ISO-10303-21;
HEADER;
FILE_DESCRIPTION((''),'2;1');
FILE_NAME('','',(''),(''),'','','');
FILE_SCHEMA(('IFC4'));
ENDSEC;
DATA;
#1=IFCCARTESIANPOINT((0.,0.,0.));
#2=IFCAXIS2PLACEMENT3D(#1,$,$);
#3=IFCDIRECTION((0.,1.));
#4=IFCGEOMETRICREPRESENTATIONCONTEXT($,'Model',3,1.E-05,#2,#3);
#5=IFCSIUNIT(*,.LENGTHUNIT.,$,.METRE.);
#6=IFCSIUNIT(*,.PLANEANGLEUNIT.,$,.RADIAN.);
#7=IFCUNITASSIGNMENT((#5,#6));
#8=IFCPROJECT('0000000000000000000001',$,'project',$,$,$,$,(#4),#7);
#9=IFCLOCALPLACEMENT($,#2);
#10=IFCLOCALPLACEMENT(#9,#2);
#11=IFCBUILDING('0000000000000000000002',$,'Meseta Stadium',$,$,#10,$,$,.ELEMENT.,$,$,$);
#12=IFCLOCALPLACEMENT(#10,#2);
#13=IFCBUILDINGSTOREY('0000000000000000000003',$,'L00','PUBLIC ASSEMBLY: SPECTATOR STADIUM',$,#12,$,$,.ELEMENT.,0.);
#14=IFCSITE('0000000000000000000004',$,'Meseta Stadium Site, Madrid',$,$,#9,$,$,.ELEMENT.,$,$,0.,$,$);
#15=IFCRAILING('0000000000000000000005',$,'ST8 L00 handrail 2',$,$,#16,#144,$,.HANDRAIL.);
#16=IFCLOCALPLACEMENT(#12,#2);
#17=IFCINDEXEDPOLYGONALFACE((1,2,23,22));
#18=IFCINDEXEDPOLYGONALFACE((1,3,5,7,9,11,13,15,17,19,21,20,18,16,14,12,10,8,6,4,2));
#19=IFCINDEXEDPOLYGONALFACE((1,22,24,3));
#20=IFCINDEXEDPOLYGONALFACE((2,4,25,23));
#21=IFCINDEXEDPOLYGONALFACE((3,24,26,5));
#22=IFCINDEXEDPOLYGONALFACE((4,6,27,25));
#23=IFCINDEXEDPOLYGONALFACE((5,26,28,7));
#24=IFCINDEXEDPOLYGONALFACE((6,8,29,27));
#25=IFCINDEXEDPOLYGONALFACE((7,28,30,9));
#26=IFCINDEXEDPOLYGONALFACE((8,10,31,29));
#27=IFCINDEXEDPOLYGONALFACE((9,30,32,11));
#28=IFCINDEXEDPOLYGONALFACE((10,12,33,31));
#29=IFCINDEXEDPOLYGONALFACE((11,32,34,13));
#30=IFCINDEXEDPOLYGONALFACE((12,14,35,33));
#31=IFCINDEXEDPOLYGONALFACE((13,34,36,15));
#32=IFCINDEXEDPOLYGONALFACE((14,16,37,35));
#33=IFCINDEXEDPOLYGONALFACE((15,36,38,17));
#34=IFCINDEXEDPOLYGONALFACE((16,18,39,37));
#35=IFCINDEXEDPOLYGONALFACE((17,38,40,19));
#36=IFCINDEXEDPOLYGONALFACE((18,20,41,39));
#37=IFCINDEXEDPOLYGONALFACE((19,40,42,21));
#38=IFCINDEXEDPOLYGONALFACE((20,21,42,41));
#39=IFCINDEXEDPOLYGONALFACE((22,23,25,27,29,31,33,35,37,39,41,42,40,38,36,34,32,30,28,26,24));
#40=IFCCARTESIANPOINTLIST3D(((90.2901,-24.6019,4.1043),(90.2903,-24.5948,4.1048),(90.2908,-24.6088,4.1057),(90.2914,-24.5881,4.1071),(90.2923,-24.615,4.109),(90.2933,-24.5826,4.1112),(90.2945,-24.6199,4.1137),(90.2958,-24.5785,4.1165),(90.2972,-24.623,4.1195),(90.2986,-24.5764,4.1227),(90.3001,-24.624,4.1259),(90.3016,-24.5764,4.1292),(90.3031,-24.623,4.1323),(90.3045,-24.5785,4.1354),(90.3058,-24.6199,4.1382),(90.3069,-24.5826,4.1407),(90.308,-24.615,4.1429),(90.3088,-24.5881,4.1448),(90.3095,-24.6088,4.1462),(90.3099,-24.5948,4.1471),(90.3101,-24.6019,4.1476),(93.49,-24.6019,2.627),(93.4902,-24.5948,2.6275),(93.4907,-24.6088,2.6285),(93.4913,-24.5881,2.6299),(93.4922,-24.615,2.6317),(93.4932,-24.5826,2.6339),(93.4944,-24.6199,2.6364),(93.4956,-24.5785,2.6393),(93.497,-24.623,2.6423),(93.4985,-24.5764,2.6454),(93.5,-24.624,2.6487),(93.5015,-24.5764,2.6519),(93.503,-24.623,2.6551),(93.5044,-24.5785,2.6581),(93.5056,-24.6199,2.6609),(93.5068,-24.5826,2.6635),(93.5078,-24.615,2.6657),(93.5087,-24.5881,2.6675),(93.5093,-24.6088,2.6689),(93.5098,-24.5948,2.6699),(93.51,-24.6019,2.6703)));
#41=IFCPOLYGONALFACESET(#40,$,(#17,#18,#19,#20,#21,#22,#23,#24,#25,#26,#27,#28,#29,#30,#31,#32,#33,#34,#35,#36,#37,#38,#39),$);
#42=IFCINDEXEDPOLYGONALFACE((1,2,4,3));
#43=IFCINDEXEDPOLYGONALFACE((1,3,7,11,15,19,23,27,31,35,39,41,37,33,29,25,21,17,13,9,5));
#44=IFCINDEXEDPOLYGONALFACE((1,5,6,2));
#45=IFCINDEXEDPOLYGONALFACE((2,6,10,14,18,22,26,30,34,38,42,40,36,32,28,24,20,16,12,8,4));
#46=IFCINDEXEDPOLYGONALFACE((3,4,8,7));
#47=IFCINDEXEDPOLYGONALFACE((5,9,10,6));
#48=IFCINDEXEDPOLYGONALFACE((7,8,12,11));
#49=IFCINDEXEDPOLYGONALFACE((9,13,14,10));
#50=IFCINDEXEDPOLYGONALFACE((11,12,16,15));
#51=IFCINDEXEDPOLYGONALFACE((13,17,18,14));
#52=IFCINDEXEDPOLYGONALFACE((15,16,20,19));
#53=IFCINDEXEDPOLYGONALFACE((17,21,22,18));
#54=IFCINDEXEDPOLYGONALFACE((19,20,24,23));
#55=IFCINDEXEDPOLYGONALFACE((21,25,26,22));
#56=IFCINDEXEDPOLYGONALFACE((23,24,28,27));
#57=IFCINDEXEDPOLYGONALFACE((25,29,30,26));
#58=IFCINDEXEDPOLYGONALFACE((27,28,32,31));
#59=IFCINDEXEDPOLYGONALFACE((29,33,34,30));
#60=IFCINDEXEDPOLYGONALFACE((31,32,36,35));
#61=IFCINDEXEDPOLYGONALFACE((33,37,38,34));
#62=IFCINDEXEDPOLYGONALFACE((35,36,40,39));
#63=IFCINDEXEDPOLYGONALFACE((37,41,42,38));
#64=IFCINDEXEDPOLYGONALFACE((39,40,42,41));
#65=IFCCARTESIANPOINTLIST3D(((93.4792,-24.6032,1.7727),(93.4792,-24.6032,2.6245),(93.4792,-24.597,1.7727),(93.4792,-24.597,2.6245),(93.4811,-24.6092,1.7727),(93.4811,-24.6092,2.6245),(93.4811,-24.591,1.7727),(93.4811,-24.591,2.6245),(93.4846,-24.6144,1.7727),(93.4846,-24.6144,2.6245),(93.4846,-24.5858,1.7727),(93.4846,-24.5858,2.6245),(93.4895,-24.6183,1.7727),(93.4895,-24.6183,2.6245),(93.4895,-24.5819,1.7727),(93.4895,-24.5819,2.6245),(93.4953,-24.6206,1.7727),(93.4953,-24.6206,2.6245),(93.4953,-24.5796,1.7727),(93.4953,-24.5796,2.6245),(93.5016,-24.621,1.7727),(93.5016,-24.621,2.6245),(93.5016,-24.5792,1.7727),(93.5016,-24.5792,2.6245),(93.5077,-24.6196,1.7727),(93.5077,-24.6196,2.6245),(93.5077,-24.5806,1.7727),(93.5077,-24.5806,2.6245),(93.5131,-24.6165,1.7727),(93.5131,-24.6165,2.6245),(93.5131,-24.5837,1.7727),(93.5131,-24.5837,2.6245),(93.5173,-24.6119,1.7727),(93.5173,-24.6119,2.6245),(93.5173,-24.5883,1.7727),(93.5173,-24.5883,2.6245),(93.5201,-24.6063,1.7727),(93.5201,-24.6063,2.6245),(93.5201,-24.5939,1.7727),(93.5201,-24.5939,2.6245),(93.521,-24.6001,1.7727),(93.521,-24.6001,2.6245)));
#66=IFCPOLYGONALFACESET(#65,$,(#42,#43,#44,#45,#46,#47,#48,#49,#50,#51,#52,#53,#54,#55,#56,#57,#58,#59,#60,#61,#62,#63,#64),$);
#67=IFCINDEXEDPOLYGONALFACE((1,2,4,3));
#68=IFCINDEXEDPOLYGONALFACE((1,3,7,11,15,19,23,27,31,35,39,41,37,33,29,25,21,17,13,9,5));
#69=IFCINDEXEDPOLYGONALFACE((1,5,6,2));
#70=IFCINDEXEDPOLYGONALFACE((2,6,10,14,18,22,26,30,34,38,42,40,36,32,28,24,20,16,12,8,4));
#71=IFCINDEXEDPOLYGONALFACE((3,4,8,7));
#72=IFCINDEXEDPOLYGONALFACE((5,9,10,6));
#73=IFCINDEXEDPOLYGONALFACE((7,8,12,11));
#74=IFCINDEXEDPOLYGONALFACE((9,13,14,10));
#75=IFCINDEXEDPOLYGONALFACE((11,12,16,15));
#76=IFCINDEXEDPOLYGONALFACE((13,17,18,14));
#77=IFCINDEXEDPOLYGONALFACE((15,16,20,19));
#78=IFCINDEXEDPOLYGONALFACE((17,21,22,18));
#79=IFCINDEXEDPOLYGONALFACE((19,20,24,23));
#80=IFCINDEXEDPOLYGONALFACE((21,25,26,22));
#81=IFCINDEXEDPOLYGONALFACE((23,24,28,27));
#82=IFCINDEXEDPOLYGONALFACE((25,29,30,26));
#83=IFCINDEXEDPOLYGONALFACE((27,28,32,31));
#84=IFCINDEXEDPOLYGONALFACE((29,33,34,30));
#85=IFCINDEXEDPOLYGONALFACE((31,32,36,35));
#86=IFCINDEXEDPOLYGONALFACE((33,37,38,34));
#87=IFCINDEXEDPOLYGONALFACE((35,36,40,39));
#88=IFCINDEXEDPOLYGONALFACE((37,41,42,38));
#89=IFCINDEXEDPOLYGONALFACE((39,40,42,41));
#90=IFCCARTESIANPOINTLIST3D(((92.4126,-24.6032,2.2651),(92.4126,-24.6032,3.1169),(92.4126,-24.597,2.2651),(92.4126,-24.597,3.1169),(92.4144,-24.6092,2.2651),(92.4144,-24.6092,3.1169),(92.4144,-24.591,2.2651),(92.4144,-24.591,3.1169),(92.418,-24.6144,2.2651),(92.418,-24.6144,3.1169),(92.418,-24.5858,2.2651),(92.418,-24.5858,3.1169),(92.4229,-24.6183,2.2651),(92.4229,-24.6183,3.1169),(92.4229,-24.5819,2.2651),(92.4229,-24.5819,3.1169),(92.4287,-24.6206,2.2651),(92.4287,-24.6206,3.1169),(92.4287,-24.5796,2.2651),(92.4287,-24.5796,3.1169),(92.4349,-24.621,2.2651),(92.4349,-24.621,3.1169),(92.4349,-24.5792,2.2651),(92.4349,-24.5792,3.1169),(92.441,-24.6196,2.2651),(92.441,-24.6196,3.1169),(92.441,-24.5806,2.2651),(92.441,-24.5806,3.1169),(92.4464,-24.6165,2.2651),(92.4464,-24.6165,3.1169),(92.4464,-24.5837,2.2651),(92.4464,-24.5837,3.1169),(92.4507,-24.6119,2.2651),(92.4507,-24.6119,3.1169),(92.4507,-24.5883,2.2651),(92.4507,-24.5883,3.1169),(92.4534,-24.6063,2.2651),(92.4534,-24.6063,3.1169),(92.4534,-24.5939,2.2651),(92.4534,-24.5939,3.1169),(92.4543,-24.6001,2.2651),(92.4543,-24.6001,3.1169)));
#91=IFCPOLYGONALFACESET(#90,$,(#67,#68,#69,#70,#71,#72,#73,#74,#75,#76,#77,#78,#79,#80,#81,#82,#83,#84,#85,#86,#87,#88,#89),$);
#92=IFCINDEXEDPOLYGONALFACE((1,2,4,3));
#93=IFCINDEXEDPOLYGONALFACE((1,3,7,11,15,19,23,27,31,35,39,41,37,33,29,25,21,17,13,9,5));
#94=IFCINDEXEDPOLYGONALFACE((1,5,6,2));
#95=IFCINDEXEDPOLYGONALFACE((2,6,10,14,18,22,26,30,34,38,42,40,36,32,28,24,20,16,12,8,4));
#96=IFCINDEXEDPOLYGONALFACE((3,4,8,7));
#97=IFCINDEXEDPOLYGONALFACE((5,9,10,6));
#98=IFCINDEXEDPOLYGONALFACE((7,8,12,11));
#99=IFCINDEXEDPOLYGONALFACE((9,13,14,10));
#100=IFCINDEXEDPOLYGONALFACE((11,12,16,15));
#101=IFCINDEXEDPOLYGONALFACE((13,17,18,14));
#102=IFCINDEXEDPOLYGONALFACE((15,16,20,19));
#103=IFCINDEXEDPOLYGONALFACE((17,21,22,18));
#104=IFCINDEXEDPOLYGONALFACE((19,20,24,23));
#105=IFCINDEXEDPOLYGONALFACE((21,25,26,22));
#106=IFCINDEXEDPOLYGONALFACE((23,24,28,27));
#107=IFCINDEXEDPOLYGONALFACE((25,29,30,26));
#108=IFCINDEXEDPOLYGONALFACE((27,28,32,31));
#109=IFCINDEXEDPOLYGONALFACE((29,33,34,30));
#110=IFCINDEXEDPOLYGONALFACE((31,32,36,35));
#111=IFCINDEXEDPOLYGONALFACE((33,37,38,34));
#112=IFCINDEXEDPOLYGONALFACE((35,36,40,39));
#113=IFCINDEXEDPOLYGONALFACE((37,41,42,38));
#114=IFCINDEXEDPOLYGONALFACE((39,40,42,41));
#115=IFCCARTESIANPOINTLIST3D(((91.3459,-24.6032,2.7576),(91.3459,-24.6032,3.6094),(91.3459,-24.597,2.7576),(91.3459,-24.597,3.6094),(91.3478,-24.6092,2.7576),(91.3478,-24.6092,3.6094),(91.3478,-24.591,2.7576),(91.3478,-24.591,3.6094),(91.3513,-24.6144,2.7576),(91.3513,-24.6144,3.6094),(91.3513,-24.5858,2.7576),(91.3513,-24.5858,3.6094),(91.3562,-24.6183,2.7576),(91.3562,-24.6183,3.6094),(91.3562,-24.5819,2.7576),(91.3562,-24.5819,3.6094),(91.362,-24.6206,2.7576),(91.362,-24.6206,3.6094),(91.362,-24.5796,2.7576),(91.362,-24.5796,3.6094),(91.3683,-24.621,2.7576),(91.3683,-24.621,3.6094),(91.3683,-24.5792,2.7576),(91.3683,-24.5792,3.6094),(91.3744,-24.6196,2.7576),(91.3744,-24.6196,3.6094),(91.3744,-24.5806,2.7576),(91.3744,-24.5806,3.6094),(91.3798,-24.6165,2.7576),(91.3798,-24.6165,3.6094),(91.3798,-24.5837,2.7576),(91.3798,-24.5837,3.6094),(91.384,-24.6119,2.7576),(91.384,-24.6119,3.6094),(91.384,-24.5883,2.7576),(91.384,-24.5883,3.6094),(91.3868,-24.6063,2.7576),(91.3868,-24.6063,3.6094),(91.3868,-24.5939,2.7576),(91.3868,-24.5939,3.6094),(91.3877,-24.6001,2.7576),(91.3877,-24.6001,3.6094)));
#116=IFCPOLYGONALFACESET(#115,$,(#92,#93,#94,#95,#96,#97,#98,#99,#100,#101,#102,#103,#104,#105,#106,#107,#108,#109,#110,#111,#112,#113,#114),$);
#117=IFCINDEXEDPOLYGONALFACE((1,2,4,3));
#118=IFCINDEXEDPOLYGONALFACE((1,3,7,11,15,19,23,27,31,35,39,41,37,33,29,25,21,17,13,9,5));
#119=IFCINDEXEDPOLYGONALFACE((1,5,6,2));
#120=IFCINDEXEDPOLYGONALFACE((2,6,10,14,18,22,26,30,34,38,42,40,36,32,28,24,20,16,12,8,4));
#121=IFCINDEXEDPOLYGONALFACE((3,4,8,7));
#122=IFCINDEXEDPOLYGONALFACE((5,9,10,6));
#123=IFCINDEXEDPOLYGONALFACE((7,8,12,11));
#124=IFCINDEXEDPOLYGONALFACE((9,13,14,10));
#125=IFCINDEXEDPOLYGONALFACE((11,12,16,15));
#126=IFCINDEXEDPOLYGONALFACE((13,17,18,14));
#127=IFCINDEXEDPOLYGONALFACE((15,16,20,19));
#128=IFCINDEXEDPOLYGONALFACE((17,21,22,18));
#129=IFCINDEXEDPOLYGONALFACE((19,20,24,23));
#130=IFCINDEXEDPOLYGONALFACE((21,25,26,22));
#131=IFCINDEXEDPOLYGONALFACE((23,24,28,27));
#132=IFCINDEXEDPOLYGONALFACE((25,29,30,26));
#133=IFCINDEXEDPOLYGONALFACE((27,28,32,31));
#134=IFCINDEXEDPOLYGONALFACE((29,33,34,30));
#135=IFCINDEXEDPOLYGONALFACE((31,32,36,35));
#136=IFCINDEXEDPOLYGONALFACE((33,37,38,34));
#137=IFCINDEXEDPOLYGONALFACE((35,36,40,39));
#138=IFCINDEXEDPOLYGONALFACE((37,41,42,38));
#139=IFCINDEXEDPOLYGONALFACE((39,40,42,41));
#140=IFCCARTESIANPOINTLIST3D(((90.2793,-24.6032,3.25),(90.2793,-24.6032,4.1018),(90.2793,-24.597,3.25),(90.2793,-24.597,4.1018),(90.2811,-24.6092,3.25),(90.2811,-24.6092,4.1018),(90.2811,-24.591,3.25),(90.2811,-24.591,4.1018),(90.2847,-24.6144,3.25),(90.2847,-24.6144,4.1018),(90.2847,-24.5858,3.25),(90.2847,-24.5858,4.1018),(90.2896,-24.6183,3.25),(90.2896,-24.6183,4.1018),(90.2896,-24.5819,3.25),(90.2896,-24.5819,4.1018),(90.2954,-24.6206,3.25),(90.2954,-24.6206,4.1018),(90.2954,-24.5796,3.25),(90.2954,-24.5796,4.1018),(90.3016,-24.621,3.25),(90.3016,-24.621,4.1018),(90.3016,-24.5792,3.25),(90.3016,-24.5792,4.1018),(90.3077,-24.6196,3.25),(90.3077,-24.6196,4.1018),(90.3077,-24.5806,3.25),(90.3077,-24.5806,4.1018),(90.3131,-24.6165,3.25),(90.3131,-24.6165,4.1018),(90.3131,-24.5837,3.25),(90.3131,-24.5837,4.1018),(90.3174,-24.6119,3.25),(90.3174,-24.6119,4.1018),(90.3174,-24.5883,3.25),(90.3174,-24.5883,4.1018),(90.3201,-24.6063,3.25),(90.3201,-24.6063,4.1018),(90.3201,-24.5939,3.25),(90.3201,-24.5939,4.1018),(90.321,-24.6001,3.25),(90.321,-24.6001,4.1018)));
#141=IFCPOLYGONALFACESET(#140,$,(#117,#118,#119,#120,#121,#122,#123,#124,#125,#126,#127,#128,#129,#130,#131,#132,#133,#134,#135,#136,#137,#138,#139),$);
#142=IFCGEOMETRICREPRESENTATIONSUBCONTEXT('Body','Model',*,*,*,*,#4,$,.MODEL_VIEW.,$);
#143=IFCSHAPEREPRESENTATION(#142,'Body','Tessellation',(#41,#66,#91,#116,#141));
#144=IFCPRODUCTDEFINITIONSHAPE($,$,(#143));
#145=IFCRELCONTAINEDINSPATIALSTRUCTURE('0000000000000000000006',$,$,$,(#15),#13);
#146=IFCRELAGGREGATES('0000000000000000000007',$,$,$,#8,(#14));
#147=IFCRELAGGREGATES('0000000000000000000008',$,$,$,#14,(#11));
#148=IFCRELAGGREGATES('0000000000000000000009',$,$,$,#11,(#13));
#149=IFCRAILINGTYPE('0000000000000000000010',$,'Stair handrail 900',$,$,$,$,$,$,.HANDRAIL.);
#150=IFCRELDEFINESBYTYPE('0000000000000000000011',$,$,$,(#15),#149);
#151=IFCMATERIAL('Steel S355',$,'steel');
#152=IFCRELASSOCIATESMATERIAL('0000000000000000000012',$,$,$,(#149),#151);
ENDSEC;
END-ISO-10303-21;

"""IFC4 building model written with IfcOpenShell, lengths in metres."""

from ifc_helpers import new_model, si_unit, direction, frame, origin, origin_2d, place, context, subcontext, project, spatial, circle, extrude, material, type_object, element, save


model = new_model("IFC4")

# Units and contexts
model_context = context("Model", 3, precision=1e-05, world=origin(), true_north=direction((0.0, 1.0)))
body_context = subcontext(model_context, "Body", "Model", "MODEL_VIEW")
ifc_project = project(units=[si_unit("LENGTHUNIT", "METRE"), si_unit("PLANEANGLEUNIT", "RADIAN")], contexts=[model_context])

# Site, building, storey
site_placement = place(None, origin())
site = spatial("IfcSite", under=ifc_project, at=site_placement, Name="Meseta Stadium Site, Madrid", CompositionType="ELEMENT", RefElevation=0.0)
building_placement = place(site_placement, origin())
building = spatial("IfcBuilding", under=site, at=building_placement, Name="Meseta Stadium", CompositionType="ELEMENT")
storey_placement = place(building_placement, origin())
storey = spatial("IfcBuildingStorey", under=building, at=storey_placement, Name="L00", Description="PUBLIC ASSEMBLY: SPECTATOR STADIUM", CompositionType="ELEMENT", Elevation=0.0)

# Railing
ifc_material_1 = material(Name="Steel S355", Category="steel")
railing_type_1 = type_object("IfcRailingType", Name="Stair handrail 900", PredefinedType="HANDRAIL", material=ifc_material_1)
railing_1_placement = place(storey_placement, frame((93.5, -24.6001, 1.7727)))
element("IfcRailing", 1, at=railing_1_placement, inside=storey, type_object=railing_type_1, Name="ST8 L00 handrail 2", PredefinedType="HANDRAIL", context=body_context, shape_type="SweptSolid", body=[
    extrude(circle(Radius=0.0239, at=origin_2d()), frame((0.0, 0.0, 0.876), z_axis=(-0.907917, 0.0, 0.41915), x_axis=(0.0, -1.0, 0.0)), (0.0, 0.0, 1.0), 3.5244),
    extrude(circle(Radius=0.021, at=origin_2d()), origin(), (0.0, 0.0, 1.0), 0.8518),
    extrude(circle(Radius=0.021, at=origin_2d()), frame((-1.0667, 0.0, 0.4924)), (0.0, 0.0, 1.0), 0.8518),
    extrude(circle(Radius=0.021, at=origin_2d()), frame((-2.1333, 0.0, 0.9849)), (0.0, 0.0, 1.0), 0.8518),
    extrude(circle(Radius=0.021, at=origin_2d()), frame((-3.2, 0.0, 1.4773)), (0.0, 0.0, 1.0), 0.8518),
])

save(model, "model.ifc")
